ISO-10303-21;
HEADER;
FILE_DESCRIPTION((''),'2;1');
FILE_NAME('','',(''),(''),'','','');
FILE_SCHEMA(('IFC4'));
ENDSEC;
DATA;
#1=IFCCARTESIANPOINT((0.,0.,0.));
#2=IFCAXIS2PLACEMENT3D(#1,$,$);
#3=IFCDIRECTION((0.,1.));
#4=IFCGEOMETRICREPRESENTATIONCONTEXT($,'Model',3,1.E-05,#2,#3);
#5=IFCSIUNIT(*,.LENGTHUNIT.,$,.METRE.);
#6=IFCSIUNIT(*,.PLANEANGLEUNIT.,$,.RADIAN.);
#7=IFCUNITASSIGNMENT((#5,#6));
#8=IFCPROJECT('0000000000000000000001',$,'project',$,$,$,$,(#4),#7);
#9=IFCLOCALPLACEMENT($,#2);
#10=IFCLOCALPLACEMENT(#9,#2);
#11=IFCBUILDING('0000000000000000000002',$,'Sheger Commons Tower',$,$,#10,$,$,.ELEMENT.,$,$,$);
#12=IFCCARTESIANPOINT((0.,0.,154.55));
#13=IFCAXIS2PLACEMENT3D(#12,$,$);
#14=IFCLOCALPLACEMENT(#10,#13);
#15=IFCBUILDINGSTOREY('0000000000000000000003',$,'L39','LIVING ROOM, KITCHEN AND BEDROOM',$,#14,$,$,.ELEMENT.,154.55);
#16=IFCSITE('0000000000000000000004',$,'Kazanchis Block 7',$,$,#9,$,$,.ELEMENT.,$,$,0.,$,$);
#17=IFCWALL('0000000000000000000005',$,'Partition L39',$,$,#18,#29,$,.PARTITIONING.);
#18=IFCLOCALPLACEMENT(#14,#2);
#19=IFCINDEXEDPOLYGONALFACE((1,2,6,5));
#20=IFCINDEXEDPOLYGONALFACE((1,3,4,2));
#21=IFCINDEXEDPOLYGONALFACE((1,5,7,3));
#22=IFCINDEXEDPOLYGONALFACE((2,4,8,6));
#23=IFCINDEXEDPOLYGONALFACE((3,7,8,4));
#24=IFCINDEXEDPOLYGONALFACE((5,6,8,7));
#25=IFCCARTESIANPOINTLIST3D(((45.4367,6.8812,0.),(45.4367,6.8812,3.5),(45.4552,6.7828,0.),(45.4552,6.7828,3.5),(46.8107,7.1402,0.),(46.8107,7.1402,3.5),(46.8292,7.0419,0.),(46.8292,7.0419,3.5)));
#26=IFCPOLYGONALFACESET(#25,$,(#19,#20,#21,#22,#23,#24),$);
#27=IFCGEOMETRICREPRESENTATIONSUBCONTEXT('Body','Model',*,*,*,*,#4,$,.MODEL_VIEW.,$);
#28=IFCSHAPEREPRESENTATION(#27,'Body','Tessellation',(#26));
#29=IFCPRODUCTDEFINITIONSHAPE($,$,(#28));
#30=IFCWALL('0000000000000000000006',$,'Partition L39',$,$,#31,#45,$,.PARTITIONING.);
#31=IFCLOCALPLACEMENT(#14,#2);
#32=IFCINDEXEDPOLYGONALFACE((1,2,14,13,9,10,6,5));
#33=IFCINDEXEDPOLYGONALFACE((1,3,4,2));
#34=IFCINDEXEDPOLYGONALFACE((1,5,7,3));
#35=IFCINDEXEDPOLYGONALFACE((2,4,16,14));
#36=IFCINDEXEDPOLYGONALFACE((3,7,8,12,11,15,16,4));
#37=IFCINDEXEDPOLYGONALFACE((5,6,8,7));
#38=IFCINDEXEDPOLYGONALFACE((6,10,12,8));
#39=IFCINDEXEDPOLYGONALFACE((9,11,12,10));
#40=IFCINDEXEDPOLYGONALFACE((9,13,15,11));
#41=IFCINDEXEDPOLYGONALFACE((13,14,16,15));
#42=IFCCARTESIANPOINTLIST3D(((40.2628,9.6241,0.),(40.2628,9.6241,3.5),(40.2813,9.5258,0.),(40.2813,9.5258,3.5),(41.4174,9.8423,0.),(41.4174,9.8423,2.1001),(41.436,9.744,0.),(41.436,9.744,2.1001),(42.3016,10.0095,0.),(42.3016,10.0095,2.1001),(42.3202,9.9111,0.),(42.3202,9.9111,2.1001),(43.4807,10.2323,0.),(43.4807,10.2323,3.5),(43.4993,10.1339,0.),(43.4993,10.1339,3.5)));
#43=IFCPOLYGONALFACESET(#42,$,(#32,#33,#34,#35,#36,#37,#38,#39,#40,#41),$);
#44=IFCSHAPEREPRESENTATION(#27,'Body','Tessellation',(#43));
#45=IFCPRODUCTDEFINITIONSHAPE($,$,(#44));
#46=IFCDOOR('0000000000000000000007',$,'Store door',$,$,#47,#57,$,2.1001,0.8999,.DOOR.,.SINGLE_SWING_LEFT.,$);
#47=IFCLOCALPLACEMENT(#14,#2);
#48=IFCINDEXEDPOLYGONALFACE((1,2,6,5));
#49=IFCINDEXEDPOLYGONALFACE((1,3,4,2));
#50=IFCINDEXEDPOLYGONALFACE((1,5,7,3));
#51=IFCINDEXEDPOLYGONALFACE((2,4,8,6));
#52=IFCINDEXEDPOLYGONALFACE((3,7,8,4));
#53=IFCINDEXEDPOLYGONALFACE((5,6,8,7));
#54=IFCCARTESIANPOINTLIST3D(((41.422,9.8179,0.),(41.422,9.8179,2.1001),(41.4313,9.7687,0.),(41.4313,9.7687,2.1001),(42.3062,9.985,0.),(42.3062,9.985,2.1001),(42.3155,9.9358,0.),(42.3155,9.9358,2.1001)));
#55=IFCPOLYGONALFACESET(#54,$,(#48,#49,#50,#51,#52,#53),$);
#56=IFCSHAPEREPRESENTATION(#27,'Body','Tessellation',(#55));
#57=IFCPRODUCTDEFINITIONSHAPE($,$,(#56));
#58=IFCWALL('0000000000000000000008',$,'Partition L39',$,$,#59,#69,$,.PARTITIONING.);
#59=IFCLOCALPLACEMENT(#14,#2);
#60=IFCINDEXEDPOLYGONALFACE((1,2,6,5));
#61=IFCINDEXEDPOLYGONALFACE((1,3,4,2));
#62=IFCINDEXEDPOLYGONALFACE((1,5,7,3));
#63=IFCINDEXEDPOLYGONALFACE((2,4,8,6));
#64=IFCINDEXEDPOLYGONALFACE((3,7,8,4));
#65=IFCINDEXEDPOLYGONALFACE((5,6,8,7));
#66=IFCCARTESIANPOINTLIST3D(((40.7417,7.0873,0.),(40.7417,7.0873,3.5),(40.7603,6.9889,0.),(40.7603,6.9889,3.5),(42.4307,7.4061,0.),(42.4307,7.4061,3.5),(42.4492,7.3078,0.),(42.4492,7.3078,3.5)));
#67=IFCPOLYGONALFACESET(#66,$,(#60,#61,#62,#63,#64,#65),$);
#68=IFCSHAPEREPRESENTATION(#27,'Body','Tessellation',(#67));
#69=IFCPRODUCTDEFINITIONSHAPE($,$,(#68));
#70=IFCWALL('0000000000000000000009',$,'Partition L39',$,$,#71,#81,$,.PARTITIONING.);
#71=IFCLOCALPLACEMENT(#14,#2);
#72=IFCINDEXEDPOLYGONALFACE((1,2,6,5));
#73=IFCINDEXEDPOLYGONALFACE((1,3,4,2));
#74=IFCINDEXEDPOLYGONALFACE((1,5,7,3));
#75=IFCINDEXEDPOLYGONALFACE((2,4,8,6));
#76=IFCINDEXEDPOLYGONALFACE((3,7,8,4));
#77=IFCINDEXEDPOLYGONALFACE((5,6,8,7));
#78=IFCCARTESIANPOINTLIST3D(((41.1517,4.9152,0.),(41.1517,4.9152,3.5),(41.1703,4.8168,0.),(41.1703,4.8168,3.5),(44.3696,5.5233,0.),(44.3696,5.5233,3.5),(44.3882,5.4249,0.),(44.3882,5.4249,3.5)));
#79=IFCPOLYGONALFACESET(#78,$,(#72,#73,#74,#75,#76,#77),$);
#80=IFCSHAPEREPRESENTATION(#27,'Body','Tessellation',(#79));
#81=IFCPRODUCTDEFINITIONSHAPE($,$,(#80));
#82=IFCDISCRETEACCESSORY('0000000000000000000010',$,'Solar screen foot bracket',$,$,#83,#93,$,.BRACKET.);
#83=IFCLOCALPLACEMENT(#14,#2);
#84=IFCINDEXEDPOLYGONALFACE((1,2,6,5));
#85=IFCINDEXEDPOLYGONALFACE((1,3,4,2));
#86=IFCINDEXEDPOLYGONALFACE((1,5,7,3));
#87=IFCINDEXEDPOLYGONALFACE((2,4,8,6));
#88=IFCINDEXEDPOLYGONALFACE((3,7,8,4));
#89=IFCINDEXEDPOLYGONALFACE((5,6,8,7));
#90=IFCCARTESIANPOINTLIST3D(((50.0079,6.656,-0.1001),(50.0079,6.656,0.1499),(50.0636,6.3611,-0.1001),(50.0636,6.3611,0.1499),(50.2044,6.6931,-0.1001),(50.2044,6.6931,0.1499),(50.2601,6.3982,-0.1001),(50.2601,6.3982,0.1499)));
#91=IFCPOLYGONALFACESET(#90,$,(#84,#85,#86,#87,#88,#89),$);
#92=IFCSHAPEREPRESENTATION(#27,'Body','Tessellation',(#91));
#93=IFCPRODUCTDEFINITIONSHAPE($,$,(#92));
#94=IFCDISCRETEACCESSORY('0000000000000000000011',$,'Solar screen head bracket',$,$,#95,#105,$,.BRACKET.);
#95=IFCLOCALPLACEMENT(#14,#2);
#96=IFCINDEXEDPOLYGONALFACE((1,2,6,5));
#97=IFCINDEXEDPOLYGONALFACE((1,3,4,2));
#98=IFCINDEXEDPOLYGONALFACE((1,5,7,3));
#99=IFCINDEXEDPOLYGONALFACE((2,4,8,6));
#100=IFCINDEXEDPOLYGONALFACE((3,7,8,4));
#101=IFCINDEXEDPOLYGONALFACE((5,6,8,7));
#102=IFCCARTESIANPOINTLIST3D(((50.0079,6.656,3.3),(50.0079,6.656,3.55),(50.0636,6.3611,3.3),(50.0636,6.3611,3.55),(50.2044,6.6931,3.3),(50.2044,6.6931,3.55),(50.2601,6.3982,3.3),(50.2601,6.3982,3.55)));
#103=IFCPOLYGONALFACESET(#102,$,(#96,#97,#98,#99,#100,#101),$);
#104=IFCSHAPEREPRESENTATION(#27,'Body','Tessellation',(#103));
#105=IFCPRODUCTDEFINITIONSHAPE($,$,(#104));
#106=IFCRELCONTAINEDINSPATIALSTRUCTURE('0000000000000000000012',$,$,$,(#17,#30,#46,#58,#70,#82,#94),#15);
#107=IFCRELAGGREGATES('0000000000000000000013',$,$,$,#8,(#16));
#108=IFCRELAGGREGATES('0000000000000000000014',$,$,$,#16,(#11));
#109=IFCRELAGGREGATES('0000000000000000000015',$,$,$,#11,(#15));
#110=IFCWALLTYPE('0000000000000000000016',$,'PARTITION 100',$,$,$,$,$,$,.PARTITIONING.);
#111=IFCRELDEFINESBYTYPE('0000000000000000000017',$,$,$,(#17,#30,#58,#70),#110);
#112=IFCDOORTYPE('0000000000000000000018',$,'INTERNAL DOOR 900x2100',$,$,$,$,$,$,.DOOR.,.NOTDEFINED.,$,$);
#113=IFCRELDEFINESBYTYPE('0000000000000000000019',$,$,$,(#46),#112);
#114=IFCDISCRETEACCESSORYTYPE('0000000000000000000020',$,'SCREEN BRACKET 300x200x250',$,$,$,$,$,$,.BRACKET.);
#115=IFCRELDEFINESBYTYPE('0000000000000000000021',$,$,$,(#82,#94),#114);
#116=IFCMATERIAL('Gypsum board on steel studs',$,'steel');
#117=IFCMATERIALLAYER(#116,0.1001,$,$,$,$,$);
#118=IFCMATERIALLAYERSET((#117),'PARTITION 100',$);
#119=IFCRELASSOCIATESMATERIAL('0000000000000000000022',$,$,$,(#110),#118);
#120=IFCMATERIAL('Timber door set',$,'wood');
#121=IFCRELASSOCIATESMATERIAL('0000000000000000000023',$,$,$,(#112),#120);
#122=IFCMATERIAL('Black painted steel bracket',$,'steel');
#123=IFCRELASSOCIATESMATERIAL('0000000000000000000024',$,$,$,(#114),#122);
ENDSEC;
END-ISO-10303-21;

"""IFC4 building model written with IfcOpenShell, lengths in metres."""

from ifc_helpers import new_model, si_unit, direction, frame, frame_2d, origin, origin_2d, place, context, subcontext, project, spatial, rectangle, extrude, material, layer, layer_set, type_object, element, fill, save


model = new_model("IFC4")

# Units and contexts
model_context = context("Model", 3, precision=1e-05, world=origin(), true_north=direction((0.0, 1.0)))
body_context = subcontext(model_context, "Body", "Model", "MODEL_VIEW")
ifc_project = project(units=[si_unit("LENGTHUNIT", "METRE"), si_unit("PLANEANGLEUNIT", "RADIAN")], contexts=[model_context])

# Site, building, storey
site_placement = place(None, origin())
site = spatial("IfcSite", under=ifc_project, at=site_placement, Name="Kazanchis Block 7", CompositionType="ELEMENT", RefElevation=0.0)
building_placement = place(site_placement, origin())
building = spatial("IfcBuilding", under=site, at=building_placement, Name="Sheger Commons Tower", CompositionType="ELEMENT")
storey_placement = place(building_placement, frame((0.0, 0.0, 154.55)))
storey = spatial("IfcBuildingStorey", under=building, at=storey_placement, Name="L39", Description="LIVING ROOM, KITCHEN AND BEDROOM", CompositionType="ELEMENT", Elevation=154.55)

# Shared definitions
ifc_material_1 = material(Name="Gypsum board on steel studs", Category="steel")
ifc_layer_1 = layer(ifc_material_1, 0.1001)
ifc_layer_set_1 = layer_set([ifc_layer_1], Name="PARTITION 100")
wall_type_1 = type_object("IfcWallType", Name="PARTITION 100", PredefinedType="PARTITIONING", material=ifc_layer_set_1)

# Shared definitions
ifc_material_2 = material(Name="Timber door set", Category="wood")
door_type = type_object("IfcDoorType", Name="INTERNAL DOOR 900x2100", OperationType="NOTDEFINED", PredefinedType="DOOR", material=ifc_material_2)

# Wall
wall_1_placement = place(storey_placement, frame((46.8201, 7.0911, 0.0), z_axis=(0.0, 0.0, 1.0), x_axis=(-0.98269, -0.185258, 0.0)))
element("IfcWall", 1, at=wall_1_placement, inside=storey, type_object=wall_type_1, Name="Partition L39", PredefinedType="PARTITIONING", context=body_context, shape_type="SweptSolid", body=[
    extrude(rectangle(XDim=1.3982, YDim=0.1001, at=frame_2d((0.6992, 0.0))), origin(), (0.0, 0.0, 1.0), 3.5),
])

# Wall, opening, door
wall_2_placement = place(storey_placement, frame((43.49, 10.1831, 0.0), z_axis=(0.0, 0.0, 1.0), x_axis=(-0.982607, -0.185697, 0.0)))
wall_2 = element("IfcWall", 2, at=wall_2_placement, inside=storey, type_object=wall_type_1, Name="Partition L39", PredefinedType="PARTITIONING", context=body_context, shape_type="SweptSolid", body=[
    extrude(rectangle(XDim=3.2749, YDim=0.1001, at=frame_2d((1.6375, 0.0))), origin(), (0.0, 0.0, 1.0), 3.5),
])
opening_1_placement = place(wall_2_placement, frame((1.2, 0.0, 0.0)))
opening_1 = element("IfcOpeningElement", 3, at=opening_1_placement, cuts=wall_2, PredefinedType="OPENING", context=body_context, shape_type="SweptSolid", body=[
    extrude(rectangle(XDim=0.8999, YDim=2.1001, at=frame_2d((0.45, 1.05))), frame((0.0, 0.0601, 0.0), z_axis=(0.0, -1.0, 0.0), x_axis=(1.0, 0.0, 0.0)), (0.0, 0.0, 1.0), 0.1201),
])
door_1_placement = place(opening_1_placement, origin())
door_1 = element("IfcDoor", 4, at=door_1_placement, inside=storey, type_object=door_type, Name="Store door", OperationType="SINGLE_SWING_LEFT", OverallHeight=2.1001, OverallWidth=0.8999, PredefinedType="DOOR", context=body_context, shape_type="SweptSolid", body=[
    extrude(rectangle(XDim=0.8999, YDim=2.1001, at=frame_2d((0.45, 1.05))), frame((0.0, 0.0249, 0.0), z_axis=(0.0, -1.0, 0.0), x_axis=(1.0, 0.0, 0.0)), (0.0, 0.0, 1.0), 0.05),
])
fill(opening_1, door_1)

# Walls
wall_3_placement = place(storey_placement, frame((42.4399, 7.3569, 0.0), z_axis=(0.0, 0.0, 1.0), x_axis=(-0.982643, -0.185506, 0.0)))
element("IfcWall", 5, at=wall_3_placement, inside=storey, type_object=wall_type_1, Name="Partition L39", PredefinedType="PARTITIONING", context=body_context, shape_type="SweptSolid", body=[
    extrude(rectangle(XDim=1.7188, YDim=0.1001, at=frame_2d((0.8594, 0.0))), origin(), (0.0, 0.0, 1.0), 3.5),
])
wall_4_placement = place(storey_placement, frame((44.3789, 5.4741, 0.0), z_axis=(0.0, 0.0, 1.0), x_axis=(-0.982607, -0.185697, 0.0)))
element("IfcWall", 6, at=wall_4_placement, inside=storey, type_object=wall_type_1, Name="Partition L39", PredefinedType="PARTITIONING", context=body_context, shape_type="SweptSolid", body=[
    extrude(rectangle(XDim=3.2749, YDim=0.1001, at=frame_2d((1.6375, 0.0))), origin(), (0.0, 0.0, 1.0), 3.5),
])

# Discrete accessories
ifc_material_3 = material(Name="Black painted steel bracket", Category="steel")
discrete_accessory_type = type_object("IfcDiscreteAccessoryType", Name="SCREEN BRACKET 300x200x250", PredefinedType="BRACKET", material=ifc_material_3)
for number, where, z_axis, x_axis, name in (
    (7, (50.134, 6.5271, -0.1001), (0.0, 0.0, 1.0), (-0.185615, 0.982623, 0.0), "Solar screen foot bracket"),
    (8, (50.134, 6.5271, 3.3), (0.0, 0.0, 1.0), (-0.185615, 0.982623, 0.0), "Solar screen head bracket"),
):
    element("IfcDiscreteAccessory", number, at=place(storey_placement, frame(where, z_axis=z_axis, x_axis=x_axis)), inside=storey, type_object=discrete_accessory_type, Name=name, PredefinedType="BRACKET", context=body_context, shape_type="SweptSolid", body=[
        extrude(rectangle(XDim=0.3, YDim=0.2, at=origin_2d()), origin(), (0.0, 0.0, 1.0), 0.25),
    ])

save(model, "model.ifc")
